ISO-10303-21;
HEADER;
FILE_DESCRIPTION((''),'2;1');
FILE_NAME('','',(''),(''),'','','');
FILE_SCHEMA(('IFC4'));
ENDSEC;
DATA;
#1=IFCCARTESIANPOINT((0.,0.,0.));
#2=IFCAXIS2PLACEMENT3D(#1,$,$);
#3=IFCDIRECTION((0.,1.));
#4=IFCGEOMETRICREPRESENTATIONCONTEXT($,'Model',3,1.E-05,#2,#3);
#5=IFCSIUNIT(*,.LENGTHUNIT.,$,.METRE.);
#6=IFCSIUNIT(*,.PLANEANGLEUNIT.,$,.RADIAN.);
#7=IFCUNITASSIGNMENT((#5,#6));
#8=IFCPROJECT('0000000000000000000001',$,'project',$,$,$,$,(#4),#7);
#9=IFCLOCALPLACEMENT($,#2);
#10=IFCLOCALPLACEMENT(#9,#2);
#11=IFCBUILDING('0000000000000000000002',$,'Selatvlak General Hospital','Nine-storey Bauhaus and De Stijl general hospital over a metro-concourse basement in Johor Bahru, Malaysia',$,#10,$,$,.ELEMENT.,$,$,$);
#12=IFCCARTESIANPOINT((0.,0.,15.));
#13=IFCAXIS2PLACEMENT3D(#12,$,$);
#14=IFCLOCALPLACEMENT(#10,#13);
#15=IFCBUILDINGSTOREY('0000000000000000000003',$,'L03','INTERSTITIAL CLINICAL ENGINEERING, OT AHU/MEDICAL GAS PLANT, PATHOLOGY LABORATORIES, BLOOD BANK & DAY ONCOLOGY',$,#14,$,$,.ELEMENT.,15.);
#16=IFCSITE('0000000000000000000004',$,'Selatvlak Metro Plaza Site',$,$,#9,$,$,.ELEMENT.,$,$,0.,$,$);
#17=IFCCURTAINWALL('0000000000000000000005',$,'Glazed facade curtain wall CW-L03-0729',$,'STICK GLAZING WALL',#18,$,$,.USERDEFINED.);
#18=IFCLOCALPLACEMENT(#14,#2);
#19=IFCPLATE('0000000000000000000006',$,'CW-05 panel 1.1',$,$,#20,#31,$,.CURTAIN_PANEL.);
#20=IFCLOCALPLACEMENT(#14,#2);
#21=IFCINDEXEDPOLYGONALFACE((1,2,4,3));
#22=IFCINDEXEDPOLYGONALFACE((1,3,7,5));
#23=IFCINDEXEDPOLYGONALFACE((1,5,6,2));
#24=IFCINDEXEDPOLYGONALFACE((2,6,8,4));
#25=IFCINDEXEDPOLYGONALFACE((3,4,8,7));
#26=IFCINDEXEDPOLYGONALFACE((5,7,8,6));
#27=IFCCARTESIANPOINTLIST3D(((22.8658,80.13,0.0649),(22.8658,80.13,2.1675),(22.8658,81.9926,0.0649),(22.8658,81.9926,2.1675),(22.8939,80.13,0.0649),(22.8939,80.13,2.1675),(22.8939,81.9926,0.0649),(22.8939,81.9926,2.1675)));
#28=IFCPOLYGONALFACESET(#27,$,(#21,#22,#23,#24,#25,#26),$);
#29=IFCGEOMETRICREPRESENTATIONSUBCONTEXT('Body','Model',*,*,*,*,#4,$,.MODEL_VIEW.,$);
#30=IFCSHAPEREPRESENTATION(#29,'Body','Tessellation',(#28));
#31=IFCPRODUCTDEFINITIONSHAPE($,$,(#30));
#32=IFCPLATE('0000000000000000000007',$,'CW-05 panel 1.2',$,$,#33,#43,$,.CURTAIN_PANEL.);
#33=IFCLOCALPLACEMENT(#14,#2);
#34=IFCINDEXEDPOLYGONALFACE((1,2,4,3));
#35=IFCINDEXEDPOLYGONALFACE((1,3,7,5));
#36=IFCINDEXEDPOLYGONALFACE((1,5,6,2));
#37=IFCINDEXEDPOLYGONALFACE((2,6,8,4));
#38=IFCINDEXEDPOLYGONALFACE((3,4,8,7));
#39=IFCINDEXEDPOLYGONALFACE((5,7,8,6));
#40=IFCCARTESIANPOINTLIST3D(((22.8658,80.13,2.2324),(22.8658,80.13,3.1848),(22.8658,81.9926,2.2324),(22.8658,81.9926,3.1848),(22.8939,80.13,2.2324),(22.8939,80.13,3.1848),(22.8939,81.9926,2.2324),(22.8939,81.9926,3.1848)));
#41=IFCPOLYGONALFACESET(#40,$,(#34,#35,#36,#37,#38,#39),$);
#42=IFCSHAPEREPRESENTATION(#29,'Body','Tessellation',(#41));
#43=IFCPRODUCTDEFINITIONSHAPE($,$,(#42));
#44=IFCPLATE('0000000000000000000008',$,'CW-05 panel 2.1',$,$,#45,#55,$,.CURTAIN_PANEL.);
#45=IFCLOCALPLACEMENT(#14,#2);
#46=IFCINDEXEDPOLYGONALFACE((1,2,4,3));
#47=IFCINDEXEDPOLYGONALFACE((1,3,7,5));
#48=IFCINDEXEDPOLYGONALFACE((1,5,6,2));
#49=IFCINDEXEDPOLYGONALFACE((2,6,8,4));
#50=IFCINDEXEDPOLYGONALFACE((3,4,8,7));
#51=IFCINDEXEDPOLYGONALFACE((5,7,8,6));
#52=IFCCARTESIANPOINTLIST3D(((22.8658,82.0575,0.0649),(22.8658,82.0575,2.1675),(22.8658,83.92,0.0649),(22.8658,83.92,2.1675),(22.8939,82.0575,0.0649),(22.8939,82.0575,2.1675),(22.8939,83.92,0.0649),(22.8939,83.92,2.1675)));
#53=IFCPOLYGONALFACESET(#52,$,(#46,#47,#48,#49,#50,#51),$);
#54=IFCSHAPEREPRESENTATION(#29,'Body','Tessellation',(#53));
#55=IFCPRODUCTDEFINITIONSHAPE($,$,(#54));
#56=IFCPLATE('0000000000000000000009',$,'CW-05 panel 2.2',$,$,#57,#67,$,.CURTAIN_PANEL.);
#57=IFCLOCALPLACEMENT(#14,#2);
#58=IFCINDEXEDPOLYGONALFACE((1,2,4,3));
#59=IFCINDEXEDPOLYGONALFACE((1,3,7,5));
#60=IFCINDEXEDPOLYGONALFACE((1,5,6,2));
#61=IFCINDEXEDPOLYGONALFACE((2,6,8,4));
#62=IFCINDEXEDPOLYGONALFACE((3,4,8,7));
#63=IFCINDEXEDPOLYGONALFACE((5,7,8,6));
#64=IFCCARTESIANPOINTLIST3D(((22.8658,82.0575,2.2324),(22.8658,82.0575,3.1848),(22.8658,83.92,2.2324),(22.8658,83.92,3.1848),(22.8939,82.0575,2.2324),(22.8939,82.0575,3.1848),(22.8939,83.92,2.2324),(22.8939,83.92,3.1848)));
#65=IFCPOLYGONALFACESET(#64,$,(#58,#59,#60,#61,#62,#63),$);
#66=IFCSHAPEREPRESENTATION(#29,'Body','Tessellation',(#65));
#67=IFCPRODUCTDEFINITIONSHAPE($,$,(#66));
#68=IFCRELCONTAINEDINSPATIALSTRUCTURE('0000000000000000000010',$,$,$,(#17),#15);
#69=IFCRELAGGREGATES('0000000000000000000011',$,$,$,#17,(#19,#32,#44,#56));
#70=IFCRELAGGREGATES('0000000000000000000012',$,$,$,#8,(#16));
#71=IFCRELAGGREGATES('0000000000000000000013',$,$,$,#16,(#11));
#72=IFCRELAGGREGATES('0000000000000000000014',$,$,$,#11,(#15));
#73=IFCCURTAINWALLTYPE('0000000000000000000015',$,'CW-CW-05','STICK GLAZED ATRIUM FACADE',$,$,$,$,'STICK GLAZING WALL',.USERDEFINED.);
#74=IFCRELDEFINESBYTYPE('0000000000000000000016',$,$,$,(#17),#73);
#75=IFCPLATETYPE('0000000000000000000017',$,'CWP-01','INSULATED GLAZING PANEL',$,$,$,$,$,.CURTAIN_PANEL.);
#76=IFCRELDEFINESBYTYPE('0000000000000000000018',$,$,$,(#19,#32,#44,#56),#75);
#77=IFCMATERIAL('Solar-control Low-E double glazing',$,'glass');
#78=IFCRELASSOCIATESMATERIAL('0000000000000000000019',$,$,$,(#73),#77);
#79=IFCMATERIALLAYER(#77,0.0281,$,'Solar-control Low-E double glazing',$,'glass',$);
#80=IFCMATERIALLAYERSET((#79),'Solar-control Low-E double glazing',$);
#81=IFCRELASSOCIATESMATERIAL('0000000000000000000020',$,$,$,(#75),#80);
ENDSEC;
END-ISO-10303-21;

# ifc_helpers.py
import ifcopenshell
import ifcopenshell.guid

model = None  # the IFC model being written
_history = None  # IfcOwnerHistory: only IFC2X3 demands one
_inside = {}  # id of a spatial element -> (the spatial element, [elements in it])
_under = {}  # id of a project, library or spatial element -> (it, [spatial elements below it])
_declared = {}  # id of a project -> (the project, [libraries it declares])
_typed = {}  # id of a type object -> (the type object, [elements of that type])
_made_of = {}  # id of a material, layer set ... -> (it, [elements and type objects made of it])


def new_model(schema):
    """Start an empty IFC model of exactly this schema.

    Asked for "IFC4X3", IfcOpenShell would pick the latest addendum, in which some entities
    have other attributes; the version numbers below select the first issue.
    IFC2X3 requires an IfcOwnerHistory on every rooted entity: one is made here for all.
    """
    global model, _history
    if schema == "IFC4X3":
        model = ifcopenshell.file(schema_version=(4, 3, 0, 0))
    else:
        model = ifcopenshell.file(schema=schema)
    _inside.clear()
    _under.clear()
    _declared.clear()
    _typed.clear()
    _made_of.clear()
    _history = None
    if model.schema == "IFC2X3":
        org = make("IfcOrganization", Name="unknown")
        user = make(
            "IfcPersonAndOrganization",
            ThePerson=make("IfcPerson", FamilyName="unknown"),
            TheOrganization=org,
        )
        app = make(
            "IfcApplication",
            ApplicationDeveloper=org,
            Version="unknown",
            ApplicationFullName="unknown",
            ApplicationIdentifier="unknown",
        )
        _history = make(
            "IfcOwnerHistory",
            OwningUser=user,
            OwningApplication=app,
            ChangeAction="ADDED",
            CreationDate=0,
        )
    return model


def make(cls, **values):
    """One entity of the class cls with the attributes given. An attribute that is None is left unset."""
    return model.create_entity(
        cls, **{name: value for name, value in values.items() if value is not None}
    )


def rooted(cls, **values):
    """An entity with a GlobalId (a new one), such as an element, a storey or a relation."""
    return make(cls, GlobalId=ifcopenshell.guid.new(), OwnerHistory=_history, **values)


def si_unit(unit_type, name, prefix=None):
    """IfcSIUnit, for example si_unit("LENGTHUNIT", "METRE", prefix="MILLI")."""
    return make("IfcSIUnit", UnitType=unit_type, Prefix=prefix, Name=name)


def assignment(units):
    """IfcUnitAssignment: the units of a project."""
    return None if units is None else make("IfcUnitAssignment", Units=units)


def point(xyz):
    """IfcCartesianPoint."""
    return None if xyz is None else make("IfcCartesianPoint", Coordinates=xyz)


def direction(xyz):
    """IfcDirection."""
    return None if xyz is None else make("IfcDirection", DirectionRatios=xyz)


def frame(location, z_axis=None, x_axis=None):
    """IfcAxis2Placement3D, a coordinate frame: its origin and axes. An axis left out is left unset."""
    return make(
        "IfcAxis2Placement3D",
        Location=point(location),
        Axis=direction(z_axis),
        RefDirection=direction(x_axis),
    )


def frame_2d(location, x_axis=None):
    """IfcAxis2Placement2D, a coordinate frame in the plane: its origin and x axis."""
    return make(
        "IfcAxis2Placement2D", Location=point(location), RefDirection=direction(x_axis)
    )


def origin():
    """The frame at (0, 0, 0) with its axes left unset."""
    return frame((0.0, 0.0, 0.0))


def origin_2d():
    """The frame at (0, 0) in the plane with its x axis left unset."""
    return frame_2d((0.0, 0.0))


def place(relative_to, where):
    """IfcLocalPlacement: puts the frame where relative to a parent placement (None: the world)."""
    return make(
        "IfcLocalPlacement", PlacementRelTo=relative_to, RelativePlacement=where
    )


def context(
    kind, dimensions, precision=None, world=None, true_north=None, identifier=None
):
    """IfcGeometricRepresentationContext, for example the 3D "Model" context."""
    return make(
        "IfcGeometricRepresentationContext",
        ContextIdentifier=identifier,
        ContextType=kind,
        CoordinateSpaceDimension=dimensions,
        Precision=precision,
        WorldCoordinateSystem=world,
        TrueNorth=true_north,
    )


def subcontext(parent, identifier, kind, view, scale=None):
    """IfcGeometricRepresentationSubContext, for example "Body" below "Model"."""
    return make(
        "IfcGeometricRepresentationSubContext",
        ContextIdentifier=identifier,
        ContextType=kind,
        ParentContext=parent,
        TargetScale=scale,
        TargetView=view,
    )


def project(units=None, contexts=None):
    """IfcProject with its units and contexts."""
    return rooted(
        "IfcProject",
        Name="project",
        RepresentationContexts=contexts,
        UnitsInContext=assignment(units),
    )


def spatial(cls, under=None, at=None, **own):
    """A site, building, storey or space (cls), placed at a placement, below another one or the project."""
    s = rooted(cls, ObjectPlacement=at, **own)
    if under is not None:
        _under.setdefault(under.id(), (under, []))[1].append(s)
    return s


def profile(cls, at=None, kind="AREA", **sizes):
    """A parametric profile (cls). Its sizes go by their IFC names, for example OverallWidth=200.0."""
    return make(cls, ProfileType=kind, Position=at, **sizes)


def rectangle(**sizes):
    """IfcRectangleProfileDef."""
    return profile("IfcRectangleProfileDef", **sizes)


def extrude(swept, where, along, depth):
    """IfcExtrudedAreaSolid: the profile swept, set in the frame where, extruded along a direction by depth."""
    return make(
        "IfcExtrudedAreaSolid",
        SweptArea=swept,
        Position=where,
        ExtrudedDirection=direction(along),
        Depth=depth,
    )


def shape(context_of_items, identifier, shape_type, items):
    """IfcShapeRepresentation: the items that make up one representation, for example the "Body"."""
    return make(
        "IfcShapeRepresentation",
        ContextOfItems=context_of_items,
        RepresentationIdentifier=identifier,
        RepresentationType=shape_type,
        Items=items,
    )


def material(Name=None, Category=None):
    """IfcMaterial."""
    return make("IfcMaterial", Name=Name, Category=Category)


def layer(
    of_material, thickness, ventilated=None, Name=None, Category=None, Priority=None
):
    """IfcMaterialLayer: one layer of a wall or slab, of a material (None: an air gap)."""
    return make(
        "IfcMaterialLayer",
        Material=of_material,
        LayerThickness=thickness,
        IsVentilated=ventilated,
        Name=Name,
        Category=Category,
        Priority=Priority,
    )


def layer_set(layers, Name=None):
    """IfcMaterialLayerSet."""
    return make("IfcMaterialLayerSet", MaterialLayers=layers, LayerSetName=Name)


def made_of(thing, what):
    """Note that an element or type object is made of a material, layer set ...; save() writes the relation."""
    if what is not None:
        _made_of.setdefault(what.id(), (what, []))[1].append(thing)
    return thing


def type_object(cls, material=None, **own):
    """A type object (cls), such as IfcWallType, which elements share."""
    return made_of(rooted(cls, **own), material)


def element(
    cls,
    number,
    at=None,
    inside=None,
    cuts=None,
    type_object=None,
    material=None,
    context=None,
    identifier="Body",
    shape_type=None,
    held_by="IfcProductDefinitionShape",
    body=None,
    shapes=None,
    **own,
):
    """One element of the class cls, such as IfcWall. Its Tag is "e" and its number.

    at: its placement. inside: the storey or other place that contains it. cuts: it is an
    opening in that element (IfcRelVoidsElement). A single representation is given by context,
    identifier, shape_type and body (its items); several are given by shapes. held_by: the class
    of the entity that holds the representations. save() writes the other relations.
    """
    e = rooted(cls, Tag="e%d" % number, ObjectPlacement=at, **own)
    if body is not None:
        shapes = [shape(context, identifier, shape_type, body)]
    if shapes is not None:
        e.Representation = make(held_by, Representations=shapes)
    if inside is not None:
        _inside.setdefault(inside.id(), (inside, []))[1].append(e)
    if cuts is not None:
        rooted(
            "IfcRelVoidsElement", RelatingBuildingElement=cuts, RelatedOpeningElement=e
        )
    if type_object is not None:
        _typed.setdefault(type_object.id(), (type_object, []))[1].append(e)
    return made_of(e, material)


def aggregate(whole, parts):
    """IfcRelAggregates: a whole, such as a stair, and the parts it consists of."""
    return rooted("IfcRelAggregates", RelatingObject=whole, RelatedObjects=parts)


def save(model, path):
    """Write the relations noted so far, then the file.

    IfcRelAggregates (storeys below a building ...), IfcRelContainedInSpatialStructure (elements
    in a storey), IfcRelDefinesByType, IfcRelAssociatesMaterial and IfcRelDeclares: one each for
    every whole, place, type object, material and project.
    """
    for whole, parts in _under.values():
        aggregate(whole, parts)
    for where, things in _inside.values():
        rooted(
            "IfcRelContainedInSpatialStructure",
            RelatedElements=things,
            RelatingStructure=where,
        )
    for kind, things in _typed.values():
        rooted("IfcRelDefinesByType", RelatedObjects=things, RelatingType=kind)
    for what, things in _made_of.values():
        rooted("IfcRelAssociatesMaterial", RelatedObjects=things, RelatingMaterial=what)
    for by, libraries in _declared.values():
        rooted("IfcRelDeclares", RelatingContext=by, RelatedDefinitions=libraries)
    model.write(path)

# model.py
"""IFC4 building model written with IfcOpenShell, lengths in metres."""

from ifc_helpers import new_model, si_unit, direction, frame, origin, origin_2d, place, context, subcontext, project, spatial, rectangle, extrude, material, layer, layer_set, type_object, element, aggregate, save


model = new_model("IFC4")

# Units and contexts
model_context = context("Model", 3, precision=1e-05, world=origin(), true_north=direction((0.0, 1.0)))
body_context = subcontext(model_context, "Body", "Model", "MODEL_VIEW")
ifc_project = project(units=[si_unit("LENGTHUNIT", "METRE"), si_unit("PLANEANGLEUNIT", "RADIAN")], contexts=[model_context])

# Site, building, storey
site_placement = place(None, origin())
site = spatial("IfcSite", under=ifc_project, at=site_placement, Name="Selatvlak Metro Plaza Site", CompositionType="ELEMENT", RefElevation=0.0)
building_placement = place(site_placement, origin())
building = spatial("IfcBuilding", under=site, at=building_placement, Name="Selatvlak General Hospital", Description="Nine-storey Bauhaus and De Stijl general hospital over a metro-concourse basement in Johor Bahru, Malaysia", CompositionType="ELEMENT")
storey_placement = place(building_placement, frame((0.0, 0.0, 15.0)))
storey = spatial("IfcBuildingStorey", under=building, at=storey_placement, Name="L03", Description="INTERSTITIAL CLINICAL ENGINEERING, OT AHU/MEDICAL GAS PLANT, PATHOLOGY LABORATORIES, BLOOD BANK & DAY ONCOLOGY", CompositionType="ELEMENT", Elevation=15.0)

# Shared definitions
ifc_material_1 = material(Name="Solar-control Low-E double glazing", Category="glass")
curtain_wall_type = type_object("IfcCurtainWallType", Name="CW-CW-05", Description="STICK GLAZED ATRIUM FACADE", ElementType="STICK GLAZING WALL", PredefinedType="USERDEFINED", material=ifc_material_1)

# Curtain wall
curtain_wall_1_placement = place(storey_placement, origin())
curtain_wall_1 = element("IfcCurtainWall", 1, at=curtain_wall_1_placement, inside=storey, type_object=curtain_wall_type, Name="Glazed facade curtain wall CW-L03-0729", ObjectType="STICK GLAZING WALL", PredefinedType="USERDEFINED")

# Plates
ifc_layer = layer(ifc_material_1, 0.0281, Name="Solar-control Low-E double glazing", Category="glass")
ifc_layer_set = layer_set([ifc_layer], Name="Solar-control Low-E double glazing")
plate_type = type_object("IfcPlateType", Name="CWP-01", Description="INSULATED GLAZING PANEL", PredefinedType="CURTAIN_PANEL", material=ifc_layer_set)
plate_1_placement = place(storey_placement, frame((22.8799, 81.0613, 0.0649), z_axis=(0.0, 0.0, 1.0), x_axis=(0.0, 1.0, 0.0)))
plate_1 = element("IfcPlate", 2, at=plate_1_placement, type_object=plate_type, Name="CW-05 panel 1.1", PredefinedType="CURTAIN_PANEL", context=body_context, shape_type="SweptSolid", body=[
    extrude(rectangle(XDim=1.8625, YDim=0.0281, at=origin_2d()), origin(), (0.0, 0.0, 1.0), 2.1025),
])
plate_2_placement = place(storey_placement, frame((22.8799, 81.0613, 2.2324), z_axis=(0.0, 0.0, 1.0), x_axis=(0.0, 1.0, 0.0)))
plate_2 = element("IfcPlate", 3, at=plate_2_placement, type_object=plate_type, Name="CW-05 panel 1.2", PredefinedType="CURTAIN_PANEL", context=body_context, shape_type="SweptSolid", body=[
    extrude(rectangle(XDim=1.8625, YDim=0.0281, at=origin_2d()), origin(), (0.0, 0.0, 1.0), 0.9524),
])
plate_3_placement = place(storey_placement, frame((22.8799, 82.9888, 0.0649), z_axis=(0.0, 0.0, 1.0), x_axis=(0.0, 1.0, 0.0)))
plate_3 = element("IfcPlate", 4, at=plate_3_placement, type_object=plate_type, Name="CW-05 panel 2.1", PredefinedType="CURTAIN_PANEL", context=body_context, shape_type="SweptSolid", body=[
    extrude(rectangle(XDim=1.8625, YDim=0.0281, at=origin_2d()), origin(), (0.0, 0.0, 1.0), 2.1025),
])
plate_4_placement = place(storey_placement, frame((22.8799, 82.9888, 2.2324), z_axis=(0.0, 0.0, 1.0), x_axis=(0.0, 1.0, 0.0)))
plate_4 = element("IfcPlate", 5, at=plate_4_placement, type_object=plate_type, Name="CW-05 panel 2.2", PredefinedType="CURTAIN_PANEL", context=body_context, shape_type="SweptSolid", body=[
    extrude(rectangle(XDim=1.8625, YDim=0.0281, at=origin_2d()), origin(), (0.0, 0.0, 1.0), 0.9524),
])
aggregate(curtain_wall_1, [plate_1, plate_2, plate_3, plate_4])

save(model, "model.ifc")
